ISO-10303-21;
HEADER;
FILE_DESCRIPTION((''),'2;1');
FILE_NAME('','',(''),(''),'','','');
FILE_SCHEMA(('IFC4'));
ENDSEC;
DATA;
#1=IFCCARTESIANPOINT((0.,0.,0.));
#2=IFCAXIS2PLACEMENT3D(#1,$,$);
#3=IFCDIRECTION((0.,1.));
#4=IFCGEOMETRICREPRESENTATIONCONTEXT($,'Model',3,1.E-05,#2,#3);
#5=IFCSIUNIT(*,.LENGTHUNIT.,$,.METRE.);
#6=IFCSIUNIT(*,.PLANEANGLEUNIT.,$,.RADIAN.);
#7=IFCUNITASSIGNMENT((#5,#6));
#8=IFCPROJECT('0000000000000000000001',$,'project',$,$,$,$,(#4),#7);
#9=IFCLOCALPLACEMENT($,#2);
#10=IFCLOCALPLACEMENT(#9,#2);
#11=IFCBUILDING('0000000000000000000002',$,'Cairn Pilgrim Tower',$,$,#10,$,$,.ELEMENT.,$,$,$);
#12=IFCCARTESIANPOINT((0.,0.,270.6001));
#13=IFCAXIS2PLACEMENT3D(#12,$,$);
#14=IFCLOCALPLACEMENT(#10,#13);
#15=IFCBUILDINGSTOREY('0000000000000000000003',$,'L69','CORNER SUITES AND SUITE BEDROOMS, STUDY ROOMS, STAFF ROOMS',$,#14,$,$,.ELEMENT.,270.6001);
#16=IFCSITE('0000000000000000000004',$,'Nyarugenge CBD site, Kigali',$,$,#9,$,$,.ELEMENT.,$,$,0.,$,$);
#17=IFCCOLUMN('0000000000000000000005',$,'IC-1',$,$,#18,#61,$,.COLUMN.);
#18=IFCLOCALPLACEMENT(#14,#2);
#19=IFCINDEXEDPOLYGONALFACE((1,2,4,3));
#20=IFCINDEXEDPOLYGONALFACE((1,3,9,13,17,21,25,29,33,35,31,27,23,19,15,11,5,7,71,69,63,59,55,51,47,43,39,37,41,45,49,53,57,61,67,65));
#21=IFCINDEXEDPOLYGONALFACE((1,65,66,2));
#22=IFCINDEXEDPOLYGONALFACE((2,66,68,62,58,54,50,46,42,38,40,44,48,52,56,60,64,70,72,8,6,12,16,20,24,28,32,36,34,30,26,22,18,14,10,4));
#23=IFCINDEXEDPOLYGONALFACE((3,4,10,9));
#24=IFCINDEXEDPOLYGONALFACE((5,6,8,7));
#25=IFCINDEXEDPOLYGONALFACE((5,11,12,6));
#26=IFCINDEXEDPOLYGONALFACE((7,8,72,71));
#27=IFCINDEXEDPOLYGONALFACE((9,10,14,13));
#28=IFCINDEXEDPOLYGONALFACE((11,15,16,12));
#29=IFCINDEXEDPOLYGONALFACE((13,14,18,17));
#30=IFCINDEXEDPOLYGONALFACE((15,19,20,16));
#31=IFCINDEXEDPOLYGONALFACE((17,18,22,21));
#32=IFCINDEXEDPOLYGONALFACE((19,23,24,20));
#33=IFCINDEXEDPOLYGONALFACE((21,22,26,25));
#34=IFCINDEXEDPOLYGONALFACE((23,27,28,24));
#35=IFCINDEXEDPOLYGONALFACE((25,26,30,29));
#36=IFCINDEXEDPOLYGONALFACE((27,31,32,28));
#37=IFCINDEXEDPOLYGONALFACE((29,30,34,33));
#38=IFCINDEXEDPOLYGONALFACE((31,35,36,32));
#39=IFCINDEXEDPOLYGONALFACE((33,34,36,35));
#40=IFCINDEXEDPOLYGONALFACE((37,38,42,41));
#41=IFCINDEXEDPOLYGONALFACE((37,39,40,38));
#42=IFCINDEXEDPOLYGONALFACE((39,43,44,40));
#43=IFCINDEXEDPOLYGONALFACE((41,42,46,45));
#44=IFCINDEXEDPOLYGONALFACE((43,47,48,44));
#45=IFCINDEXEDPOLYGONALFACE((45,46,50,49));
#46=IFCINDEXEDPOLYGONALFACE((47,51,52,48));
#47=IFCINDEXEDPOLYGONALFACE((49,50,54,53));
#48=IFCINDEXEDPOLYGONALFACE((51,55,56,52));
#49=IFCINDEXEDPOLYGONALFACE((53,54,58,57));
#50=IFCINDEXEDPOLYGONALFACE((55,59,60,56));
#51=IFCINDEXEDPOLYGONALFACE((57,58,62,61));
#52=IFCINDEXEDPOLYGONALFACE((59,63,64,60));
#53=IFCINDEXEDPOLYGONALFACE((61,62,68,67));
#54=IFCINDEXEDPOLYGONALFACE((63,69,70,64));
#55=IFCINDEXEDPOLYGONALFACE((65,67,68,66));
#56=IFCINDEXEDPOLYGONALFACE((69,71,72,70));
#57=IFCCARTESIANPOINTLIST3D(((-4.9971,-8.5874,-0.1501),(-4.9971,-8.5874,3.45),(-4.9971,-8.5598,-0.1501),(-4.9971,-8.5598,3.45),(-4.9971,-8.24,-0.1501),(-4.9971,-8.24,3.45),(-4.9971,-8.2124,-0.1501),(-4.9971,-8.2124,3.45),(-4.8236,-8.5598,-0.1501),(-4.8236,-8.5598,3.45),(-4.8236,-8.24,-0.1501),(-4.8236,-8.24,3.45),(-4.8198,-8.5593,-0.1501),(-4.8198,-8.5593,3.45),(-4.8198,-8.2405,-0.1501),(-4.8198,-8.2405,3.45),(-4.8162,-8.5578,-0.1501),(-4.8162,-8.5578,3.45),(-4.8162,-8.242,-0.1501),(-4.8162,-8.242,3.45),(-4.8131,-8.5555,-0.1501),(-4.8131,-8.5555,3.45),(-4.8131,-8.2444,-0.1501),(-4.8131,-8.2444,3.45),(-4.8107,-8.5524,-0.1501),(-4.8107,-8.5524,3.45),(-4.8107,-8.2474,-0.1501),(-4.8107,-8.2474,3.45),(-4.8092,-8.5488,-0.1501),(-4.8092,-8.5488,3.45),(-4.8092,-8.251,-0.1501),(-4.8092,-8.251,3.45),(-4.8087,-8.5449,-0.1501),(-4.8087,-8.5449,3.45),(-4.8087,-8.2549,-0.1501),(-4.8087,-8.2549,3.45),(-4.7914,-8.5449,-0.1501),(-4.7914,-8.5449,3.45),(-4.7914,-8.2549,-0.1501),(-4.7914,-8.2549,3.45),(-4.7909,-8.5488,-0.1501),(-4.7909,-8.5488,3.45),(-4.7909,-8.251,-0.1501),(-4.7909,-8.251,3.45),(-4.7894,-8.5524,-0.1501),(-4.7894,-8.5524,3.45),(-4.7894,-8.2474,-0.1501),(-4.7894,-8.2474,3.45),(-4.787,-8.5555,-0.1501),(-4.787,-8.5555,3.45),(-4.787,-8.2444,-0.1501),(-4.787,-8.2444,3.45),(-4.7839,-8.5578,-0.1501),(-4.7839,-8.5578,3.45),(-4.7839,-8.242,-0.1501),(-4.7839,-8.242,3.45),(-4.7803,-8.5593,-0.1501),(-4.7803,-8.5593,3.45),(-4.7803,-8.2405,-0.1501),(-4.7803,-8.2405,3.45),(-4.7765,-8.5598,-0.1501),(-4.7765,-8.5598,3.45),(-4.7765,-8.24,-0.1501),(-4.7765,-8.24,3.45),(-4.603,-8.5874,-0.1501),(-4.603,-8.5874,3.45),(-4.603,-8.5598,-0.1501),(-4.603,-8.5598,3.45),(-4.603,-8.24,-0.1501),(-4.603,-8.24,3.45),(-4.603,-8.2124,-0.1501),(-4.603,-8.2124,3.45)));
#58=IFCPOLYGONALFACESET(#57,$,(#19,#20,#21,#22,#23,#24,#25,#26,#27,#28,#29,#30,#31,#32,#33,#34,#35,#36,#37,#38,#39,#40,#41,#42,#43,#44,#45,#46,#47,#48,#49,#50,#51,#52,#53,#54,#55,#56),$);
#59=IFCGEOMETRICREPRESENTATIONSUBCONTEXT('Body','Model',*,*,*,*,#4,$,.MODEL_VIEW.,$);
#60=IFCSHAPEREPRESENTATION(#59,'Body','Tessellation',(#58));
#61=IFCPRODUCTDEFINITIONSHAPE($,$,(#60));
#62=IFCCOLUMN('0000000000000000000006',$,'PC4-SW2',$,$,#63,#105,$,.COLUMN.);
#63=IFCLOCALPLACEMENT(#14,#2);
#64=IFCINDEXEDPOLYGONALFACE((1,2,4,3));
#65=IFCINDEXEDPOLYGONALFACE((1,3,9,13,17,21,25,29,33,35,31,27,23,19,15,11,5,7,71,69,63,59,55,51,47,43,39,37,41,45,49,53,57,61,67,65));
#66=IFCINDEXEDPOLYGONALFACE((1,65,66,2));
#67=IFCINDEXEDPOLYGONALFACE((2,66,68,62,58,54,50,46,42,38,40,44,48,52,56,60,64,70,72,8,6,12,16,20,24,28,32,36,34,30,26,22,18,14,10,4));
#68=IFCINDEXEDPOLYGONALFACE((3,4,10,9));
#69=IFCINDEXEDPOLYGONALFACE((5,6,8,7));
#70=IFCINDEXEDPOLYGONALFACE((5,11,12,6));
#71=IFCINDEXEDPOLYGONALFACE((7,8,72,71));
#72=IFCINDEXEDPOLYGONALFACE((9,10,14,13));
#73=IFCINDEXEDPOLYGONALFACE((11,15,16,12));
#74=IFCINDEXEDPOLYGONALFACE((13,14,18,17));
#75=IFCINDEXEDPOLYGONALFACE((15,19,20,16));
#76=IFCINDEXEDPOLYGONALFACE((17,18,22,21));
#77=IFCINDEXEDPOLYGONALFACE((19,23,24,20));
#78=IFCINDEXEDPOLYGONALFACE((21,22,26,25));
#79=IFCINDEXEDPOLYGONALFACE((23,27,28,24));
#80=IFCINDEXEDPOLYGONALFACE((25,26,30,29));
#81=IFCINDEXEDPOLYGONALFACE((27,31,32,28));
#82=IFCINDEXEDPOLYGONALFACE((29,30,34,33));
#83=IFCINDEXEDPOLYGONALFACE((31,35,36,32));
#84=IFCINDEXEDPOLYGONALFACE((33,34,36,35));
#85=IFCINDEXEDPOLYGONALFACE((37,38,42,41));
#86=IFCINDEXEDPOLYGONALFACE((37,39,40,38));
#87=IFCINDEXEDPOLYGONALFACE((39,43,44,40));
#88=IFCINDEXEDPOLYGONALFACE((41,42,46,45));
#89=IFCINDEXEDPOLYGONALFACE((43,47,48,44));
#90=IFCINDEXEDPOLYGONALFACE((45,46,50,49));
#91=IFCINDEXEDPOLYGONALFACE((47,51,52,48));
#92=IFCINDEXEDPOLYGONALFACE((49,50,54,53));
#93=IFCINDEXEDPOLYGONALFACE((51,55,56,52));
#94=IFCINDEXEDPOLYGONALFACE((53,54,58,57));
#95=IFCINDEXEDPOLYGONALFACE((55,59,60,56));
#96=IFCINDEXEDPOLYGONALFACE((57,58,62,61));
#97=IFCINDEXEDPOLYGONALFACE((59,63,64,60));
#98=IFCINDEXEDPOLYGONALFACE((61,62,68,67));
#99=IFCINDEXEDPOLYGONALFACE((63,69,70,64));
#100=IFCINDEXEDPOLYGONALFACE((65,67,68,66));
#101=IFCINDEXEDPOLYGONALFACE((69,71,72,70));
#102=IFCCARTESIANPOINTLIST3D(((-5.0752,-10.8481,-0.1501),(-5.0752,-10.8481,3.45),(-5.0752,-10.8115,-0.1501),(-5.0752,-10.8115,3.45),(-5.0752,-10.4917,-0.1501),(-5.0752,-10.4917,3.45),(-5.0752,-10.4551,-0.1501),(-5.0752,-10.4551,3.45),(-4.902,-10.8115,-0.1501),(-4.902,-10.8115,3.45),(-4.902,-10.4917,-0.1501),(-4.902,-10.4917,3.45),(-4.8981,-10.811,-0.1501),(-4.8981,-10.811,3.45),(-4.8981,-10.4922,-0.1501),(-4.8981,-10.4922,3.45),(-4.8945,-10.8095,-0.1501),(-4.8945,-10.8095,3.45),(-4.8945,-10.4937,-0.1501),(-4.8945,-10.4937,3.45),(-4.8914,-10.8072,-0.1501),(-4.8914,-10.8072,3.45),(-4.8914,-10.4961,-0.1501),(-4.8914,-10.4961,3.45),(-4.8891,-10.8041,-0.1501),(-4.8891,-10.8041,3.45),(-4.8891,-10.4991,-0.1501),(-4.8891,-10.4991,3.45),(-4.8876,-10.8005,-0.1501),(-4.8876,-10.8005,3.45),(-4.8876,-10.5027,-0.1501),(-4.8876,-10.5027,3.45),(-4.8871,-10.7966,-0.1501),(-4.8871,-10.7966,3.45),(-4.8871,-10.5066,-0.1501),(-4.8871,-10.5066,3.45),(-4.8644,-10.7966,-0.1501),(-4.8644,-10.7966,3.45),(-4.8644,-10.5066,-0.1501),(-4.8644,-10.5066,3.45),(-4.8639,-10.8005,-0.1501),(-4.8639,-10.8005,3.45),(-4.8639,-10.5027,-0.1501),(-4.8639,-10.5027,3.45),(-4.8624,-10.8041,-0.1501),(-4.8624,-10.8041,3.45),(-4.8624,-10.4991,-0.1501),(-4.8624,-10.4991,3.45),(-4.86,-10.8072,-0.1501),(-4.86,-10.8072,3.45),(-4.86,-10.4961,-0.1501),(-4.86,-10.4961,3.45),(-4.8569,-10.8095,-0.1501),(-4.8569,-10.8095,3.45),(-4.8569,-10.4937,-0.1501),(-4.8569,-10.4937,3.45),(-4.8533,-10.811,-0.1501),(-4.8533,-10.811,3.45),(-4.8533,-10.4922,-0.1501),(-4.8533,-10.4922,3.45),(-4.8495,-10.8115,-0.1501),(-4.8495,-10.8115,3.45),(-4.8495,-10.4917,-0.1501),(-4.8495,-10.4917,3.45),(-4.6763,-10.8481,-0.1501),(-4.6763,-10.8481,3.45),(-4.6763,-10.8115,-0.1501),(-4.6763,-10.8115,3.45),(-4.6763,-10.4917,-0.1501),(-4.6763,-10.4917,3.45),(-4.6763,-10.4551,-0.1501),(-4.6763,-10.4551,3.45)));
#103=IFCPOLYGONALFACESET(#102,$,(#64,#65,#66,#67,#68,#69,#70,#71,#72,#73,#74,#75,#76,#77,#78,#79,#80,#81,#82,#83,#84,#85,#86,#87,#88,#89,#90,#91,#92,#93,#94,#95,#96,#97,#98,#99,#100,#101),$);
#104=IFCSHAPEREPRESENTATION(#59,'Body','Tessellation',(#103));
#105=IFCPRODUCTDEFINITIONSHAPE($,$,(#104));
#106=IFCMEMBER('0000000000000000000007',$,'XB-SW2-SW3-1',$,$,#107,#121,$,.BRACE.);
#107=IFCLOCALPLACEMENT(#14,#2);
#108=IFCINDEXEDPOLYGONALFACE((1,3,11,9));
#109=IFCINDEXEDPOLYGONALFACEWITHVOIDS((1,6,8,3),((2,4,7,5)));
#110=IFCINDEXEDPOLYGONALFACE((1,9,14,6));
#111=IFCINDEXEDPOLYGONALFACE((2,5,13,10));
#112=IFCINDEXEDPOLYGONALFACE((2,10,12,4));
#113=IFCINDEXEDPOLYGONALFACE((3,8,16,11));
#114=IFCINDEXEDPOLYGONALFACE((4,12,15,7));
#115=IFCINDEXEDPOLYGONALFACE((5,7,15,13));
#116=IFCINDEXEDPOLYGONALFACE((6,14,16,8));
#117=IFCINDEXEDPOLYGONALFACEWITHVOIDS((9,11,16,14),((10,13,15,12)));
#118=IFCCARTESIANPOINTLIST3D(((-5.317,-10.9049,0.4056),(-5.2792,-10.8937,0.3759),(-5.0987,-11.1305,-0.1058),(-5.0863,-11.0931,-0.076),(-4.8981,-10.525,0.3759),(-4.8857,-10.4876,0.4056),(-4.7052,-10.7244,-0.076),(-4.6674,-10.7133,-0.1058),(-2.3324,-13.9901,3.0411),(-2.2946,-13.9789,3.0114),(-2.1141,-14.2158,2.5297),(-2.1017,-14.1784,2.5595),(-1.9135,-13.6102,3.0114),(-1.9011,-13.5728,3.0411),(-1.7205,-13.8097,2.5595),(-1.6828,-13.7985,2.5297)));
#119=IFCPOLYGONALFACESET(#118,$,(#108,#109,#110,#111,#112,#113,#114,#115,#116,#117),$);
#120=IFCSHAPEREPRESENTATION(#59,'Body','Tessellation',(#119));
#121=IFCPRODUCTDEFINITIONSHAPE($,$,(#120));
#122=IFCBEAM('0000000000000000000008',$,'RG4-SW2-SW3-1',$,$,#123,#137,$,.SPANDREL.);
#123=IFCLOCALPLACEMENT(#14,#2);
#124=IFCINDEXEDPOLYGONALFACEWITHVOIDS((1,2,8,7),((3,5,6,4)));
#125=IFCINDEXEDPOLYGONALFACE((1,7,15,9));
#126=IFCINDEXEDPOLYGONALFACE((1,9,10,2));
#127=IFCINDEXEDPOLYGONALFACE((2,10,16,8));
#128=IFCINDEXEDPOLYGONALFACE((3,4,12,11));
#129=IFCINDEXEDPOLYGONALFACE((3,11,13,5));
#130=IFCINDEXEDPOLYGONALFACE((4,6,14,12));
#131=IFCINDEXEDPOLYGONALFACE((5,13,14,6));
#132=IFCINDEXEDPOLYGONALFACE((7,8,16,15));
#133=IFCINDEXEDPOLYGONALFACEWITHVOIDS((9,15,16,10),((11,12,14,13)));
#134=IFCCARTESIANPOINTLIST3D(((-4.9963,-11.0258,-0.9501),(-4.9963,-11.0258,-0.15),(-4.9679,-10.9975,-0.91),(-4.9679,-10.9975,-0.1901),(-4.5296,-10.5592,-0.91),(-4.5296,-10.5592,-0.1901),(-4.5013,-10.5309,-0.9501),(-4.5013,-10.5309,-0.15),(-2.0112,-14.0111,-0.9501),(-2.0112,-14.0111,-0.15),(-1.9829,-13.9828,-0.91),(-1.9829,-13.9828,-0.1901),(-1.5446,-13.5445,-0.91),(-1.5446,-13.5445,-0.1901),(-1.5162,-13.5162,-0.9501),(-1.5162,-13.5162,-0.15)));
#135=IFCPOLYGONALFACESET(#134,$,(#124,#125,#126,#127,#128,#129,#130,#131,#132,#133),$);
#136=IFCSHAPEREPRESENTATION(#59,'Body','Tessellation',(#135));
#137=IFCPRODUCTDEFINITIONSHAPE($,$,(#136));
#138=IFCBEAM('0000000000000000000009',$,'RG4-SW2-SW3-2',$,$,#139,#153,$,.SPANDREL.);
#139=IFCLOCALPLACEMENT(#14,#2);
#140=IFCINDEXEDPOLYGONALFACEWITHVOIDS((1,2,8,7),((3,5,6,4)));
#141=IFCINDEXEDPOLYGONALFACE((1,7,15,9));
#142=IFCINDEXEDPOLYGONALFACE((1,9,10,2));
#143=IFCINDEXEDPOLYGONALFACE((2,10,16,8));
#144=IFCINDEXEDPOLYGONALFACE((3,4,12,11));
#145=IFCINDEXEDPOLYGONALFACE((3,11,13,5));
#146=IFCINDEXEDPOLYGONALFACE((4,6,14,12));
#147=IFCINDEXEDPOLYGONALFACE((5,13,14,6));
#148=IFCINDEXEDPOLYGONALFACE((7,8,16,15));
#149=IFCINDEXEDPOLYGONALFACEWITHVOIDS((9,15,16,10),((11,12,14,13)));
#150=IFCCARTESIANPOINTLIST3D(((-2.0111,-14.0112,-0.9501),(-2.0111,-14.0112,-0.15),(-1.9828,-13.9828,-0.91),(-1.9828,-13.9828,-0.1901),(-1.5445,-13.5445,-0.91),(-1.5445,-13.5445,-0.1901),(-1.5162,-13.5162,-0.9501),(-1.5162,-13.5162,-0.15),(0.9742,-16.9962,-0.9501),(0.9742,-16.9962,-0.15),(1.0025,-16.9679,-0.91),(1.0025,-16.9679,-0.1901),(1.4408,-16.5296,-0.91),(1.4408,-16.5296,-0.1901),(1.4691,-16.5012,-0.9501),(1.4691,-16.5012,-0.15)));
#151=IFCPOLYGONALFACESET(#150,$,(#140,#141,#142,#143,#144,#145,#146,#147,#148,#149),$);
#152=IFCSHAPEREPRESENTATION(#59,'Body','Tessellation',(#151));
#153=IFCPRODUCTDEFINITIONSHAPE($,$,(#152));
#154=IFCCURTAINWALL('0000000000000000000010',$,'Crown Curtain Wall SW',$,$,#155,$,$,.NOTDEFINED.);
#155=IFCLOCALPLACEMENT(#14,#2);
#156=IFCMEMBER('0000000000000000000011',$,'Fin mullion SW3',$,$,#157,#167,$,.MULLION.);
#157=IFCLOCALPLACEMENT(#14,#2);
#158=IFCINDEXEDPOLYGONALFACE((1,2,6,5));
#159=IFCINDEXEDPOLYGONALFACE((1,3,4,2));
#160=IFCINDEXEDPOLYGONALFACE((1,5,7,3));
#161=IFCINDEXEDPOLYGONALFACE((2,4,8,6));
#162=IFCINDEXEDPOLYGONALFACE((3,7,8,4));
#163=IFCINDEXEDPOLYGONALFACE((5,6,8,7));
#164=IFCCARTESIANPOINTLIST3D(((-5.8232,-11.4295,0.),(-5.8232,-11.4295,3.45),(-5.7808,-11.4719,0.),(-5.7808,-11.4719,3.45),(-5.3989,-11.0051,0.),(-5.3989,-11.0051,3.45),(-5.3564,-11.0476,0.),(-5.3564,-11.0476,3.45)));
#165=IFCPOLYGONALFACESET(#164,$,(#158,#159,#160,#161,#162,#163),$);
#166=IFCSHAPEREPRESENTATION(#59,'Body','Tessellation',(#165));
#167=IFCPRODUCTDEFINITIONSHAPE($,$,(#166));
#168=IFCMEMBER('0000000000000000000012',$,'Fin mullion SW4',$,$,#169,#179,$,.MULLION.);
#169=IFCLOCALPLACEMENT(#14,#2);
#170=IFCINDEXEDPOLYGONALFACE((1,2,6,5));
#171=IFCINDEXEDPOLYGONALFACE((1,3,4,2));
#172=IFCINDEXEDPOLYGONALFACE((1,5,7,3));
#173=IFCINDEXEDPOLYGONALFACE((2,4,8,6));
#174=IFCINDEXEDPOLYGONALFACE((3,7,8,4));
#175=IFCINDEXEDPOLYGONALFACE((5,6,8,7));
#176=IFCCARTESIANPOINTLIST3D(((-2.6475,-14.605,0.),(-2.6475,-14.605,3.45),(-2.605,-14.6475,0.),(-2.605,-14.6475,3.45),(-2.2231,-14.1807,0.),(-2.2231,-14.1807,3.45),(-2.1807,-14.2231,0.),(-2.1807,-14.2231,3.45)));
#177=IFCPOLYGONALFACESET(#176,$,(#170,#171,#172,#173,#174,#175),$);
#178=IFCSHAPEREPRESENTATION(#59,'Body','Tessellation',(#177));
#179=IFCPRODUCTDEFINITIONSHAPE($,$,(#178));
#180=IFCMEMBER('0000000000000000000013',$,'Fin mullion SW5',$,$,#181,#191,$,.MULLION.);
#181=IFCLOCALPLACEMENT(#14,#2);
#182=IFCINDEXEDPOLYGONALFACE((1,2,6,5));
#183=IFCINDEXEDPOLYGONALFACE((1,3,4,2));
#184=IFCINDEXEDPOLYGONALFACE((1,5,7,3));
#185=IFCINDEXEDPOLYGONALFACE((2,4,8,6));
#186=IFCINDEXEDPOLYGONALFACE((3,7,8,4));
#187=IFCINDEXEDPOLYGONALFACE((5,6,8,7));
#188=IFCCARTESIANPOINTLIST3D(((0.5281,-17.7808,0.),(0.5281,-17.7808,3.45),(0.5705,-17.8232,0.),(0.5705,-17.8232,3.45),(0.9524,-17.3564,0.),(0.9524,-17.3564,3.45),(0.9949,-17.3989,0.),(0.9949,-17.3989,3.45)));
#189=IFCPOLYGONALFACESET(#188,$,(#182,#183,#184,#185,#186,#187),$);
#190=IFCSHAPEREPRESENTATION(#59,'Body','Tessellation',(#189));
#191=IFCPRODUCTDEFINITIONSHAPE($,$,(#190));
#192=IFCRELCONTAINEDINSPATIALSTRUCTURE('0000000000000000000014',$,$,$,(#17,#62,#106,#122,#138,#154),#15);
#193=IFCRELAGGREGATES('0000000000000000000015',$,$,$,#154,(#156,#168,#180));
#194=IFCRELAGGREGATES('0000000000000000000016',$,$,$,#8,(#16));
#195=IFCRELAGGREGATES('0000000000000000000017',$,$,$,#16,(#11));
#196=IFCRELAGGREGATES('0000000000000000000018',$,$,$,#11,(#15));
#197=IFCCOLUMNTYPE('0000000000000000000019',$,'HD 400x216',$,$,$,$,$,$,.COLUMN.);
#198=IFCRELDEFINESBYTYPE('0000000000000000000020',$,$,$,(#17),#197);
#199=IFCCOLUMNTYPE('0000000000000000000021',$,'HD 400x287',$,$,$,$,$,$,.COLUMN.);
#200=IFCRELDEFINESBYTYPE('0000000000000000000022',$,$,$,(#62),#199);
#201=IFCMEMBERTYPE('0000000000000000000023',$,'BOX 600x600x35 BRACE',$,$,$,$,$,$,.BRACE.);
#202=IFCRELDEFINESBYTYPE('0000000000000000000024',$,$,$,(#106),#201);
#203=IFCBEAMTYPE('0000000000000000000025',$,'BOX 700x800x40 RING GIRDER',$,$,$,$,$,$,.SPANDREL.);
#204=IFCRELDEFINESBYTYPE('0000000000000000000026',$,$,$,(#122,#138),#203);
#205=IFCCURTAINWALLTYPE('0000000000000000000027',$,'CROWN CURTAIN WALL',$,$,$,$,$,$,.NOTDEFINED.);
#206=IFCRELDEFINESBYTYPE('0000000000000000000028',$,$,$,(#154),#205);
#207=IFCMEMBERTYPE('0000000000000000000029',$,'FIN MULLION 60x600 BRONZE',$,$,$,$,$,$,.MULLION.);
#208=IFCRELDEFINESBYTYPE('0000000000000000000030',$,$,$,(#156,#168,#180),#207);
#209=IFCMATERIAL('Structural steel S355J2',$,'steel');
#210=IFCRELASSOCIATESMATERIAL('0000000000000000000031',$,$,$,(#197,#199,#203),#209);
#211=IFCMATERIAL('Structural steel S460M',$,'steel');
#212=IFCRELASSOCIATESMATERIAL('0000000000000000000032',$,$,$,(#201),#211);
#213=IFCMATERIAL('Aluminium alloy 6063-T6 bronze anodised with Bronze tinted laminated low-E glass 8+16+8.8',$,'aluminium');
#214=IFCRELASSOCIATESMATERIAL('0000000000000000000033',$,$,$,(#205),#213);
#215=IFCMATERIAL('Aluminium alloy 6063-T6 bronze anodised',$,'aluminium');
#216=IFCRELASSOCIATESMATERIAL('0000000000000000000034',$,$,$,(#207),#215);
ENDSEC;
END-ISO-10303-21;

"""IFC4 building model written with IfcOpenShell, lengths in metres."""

from ifc_helpers import new_model, si_unit, direction, frame, origin, origin_2d, place, context, subcontext, project, spatial, rectangle, hollow_rectangle, i_section, extrude, material, material_profile, profile_set, type_object, element, aggregate, save


model = new_model("IFC4")

# Units and contexts
model_context = context("Model", 3, precision=1e-05, world=origin(), true_north=direction((0.0, 1.0)))
body_context = subcontext(model_context, "Body", "Model", "MODEL_VIEW")
ifc_project = project(units=[si_unit("LENGTHUNIT", "METRE"), si_unit("PLANEANGLEUNIT", "RADIAN")], contexts=[model_context])

# Site, building, storey
site_placement = place(None, origin())
site = spatial("IfcSite", under=ifc_project, at=site_placement, Name="Nyarugenge CBD site, Kigali", CompositionType="ELEMENT", RefElevation=0.0)
building_placement = place(site_placement, origin())
building = spatial("IfcBuilding", under=site, at=building_placement, Name="Cairn Pilgrim Tower", CompositionType="ELEMENT")
storey_placement = place(building_placement, frame((0.0, 0.0, 270.6001)))
storey = spatial("IfcBuildingStorey", under=building, at=storey_placement, Name="L69", Description="CORNER SUITES AND SUITE BEDROOMS, STUDY ROOMS, STAFF ROOMS", CompositionType="ELEMENT", Elevation=270.6001)

# Columns
ifc_material_1 = material(Name="Structural steel S355J2", Category="steel")
ifc_material_profile_1 = material_profile(ifc_material_1, i_section(OverallWidth=0.394, OverallDepth=0.375, WebThickness=0.0173, FlangeThickness=0.0276, FilletRadius=0.0149, at=origin_2d()), Name="HD 400x216")
ifc_profile_set_1 = profile_set([ifc_material_profile_1], Name="Structural steel S355J2")
column_type_1 = type_object("IfcColumnType", Name="HD 400x216", PredefinedType="COLUMN", material=ifc_profile_set_1)
column_1_placement = place(storey_placement, frame((-4.8, -8.3999, -0.1501), z_axis=(0.0, 0.0, 1.0), x_axis=(1.0, 0.0, 0.0)))
element("IfcColumn", 1, at=column_1_placement, inside=storey, type_object=column_type_1, Name="IC-1", PredefinedType="COLUMN", context=body_context, shape_type="SweptSolid", body=[
    extrude(i_section(OverallWidth=0.394, OverallDepth=0.375, WebThickness=0.0173, FlangeThickness=0.0276, FilletRadius=0.0149, at=origin_2d()), origin(), (0.0, 0.0, 1.0), 3.6001),
])
ifc_material_profile_2 = material_profile(ifc_material_1, i_section(OverallWidth=0.3989, OverallDepth=0.3931, WebThickness=0.0227, FlangeThickness=0.0366, FilletRadius=0.0149, at=origin_2d()), Name="HD 400x287")
ifc_profile_set_2 = profile_set([ifc_material_profile_2], Name="Structural steel S355J2")
column_type_2 = type_object("IfcColumnType", Name="HD 400x287", PredefinedType="COLUMN", material=ifc_profile_set_2)
column_2_placement = place(storey_placement, frame((-4.8757, -10.6516, -0.1501), z_axis=(0.0, 0.0, 1.0), x_axis=(1.0, 0.0, 0.0)))
element("IfcColumn", 2, at=column_2_placement, inside=storey, type_object=column_type_2, Name="PC4-SW2", PredefinedType="COLUMN", context=body_context, shape_type="SweptSolid", body=[
    extrude(i_section(OverallWidth=0.3989, OverallDepth=0.3931, WebThickness=0.0227, FlangeThickness=0.0366, FilletRadius=0.0149, at=origin_2d()), origin(), (0.0, 0.0, 1.0), 3.6001),
])

# Member
ifc_material_2 = material(Name="Structural steel S460M", Category="steel")
ifc_material_profile_3 = material_profile(ifc_material_2, hollow_rectangle(XDim=0.6001, YDim=0.6001, WallThickness=0.0349, at=origin_2d()), Name="BOX 600x600x35")
ifc_profile_set_3 = profile_set([ifc_material_profile_3], Name="Structural steel S460M")
member_type_1 = type_object("IfcMemberType", Name="BOX 600x600x35 BRACE", PredefinedType="BRACE", material=ifc_profile_set_3)
member_1_placement = place(storey_placement, frame((-4.9922, -10.8091, 0.1499), z_axis=(0.592528, -0.612497, 0.523218), x_axis=(0.718726, 0.695294, 0.0)))
element("IfcMember", 3, at=member_1_placement, inside=storey, type_object=member_type_1, Name="XB-SW2-SW3-1", PredefinedType="BRACE", context=body_context, shape_type="SweptSolid", body=[
    extrude(hollow_rectangle(XDim=0.6001, YDim=0.6001, WallThickness=0.0349, at=origin_2d()), origin(), (0.0, 0.0, 1.0), 5.0371),
])

# Beams
ifc_material_profile_4 = material_profile(ifc_material_1, hollow_rectangle(XDim=0.7, YDim=0.8, WallThickness=0.04, at=origin_2d()), Name="BOX 700x800x40")
ifc_profile_set_4 = profile_set([ifc_material_profile_4], Name="Structural steel S355J2")
beam_type_1 = type_object("IfcBeamType", Name="BOX 700x800x40 RING GIRDER", PredefinedType="SPANDREL", material=ifc_profile_set_4)
for number, where, z_axis, x_axis, name in (
    (4, (-4.7488, -10.7783, -0.55), (0.707078, -0.707136, 0.0), (0.707136, 0.707078, 0.0), "RG4-SW2-SW3-1"),
    (5, (-1.7637, -13.7637, -0.55), (0.707136, -0.707078, 0.0), (0.707078, 0.707136, 0.0), "RG4-SW2-SW3-2"),
):
    element("IfcBeam", number, at=place(storey_placement, frame(where, z_axis=z_axis, x_axis=x_axis)), inside=storey, type_object=beam_type_1, Name=name, PredefinedType="SPANDREL", context=body_context, shape_type="SweptSolid", body=[
        extrude(hollow_rectangle(XDim=0.7, YDim=0.8, WallThickness=0.04, at=origin_2d()), origin(), (0.0, 0.0, 1.0), 4.2217),
    ])

# Curtain wall, members
ifc_material_3 = material(Name="Aluminium alloy 6063-T6 bronze anodised with Bronze tinted laminated low-E glass 8+16+8.8", Category="aluminium")
curtain_wall_type = type_object("IfcCurtainWallType", Name="CROWN CURTAIN WALL", PredefinedType="NOTDEFINED", material=ifc_material_3)
curtain_wall_placement = place(storey_placement, origin())
curtain_wall = element("IfcCurtainWall", 6, at=curtain_wall_placement, inside=storey, type_object=curtain_wall_type, Name="Crown Curtain Wall SW", PredefinedType="NOTDEFINED")
ifc_material_4 = material(Name="Aluminium alloy 6063-T6 bronze anodised", Category="aluminium")
ifc_material_profile_5 = material_profile(ifc_material_4, rectangle(XDim=0.6001, YDim=0.0601, at=origin_2d()), Name="FIN MULLION 60x600 BRONZE")
ifc_profile_set_5 = profile_set([ifc_material_profile_5], Name="Aluminium alloy 6063-T6 bronze anodised")
member_type_2 = type_object("IfcMemberType", Name="FIN MULLION 60x600 BRONZE", PredefinedType="MULLION", material=ifc_profile_set_5)
member_2_placement = place(storey_placement, frame((-5.5898, -11.2385, 0.0), z_axis=(0.0, 0.0, 1.0), x_axis=(-0.707107, -0.707107, 0.0)))
member_2 = element("IfcMember", 7, at=member_2_placement, type_object=member_type_2, Name="Fin mullion SW3", PredefinedType="MULLION", context=body_context, shape_type="SweptSolid", body=[
    extrude(rectangle(XDim=0.6001, YDim=0.0601, at=origin_2d()), origin(), (0.0, 0.0, 1.0), 3.45),
])
member_3_placement = place(storey_placement, frame((-2.4141, -14.4141, 0.0), z_axis=(0.0, 0.0, 1.0), x_axis=(-0.707107, -0.707107, 0.0)))
member_3 = element("IfcMember", 8, at=member_3_placement, type_object=member_type_2, Name="Fin mullion SW4", PredefinedType="MULLION", context=body_context, shape_type="SweptSolid", body=[
    extrude(rectangle(XDim=0.6001, YDim=0.0601, at=origin_2d()), origin(), (0.0, 0.0, 1.0), 3.45),
])
member_4_placement = place(storey_placement, frame((0.7615, -17.5898, 0.0), z_axis=(0.0, 0.0, 1.0), x_axis=(-0.707107, -0.707107, 0.0)))
member_4 = element("IfcMember", 9, at=member_4_placement, type_object=member_type_2, Name="Fin mullion SW5", PredefinedType="MULLION", context=body_context, shape_type="SweptSolid", body=[
    extrude(rectangle(XDim=0.6001, YDim=0.0601, at=origin_2d()), origin(), (0.0, 0.0, 1.0), 3.45),
])

aggregate(curtain_wall, [member_2, member_3, member_4])

save(model, "model.ifc")
